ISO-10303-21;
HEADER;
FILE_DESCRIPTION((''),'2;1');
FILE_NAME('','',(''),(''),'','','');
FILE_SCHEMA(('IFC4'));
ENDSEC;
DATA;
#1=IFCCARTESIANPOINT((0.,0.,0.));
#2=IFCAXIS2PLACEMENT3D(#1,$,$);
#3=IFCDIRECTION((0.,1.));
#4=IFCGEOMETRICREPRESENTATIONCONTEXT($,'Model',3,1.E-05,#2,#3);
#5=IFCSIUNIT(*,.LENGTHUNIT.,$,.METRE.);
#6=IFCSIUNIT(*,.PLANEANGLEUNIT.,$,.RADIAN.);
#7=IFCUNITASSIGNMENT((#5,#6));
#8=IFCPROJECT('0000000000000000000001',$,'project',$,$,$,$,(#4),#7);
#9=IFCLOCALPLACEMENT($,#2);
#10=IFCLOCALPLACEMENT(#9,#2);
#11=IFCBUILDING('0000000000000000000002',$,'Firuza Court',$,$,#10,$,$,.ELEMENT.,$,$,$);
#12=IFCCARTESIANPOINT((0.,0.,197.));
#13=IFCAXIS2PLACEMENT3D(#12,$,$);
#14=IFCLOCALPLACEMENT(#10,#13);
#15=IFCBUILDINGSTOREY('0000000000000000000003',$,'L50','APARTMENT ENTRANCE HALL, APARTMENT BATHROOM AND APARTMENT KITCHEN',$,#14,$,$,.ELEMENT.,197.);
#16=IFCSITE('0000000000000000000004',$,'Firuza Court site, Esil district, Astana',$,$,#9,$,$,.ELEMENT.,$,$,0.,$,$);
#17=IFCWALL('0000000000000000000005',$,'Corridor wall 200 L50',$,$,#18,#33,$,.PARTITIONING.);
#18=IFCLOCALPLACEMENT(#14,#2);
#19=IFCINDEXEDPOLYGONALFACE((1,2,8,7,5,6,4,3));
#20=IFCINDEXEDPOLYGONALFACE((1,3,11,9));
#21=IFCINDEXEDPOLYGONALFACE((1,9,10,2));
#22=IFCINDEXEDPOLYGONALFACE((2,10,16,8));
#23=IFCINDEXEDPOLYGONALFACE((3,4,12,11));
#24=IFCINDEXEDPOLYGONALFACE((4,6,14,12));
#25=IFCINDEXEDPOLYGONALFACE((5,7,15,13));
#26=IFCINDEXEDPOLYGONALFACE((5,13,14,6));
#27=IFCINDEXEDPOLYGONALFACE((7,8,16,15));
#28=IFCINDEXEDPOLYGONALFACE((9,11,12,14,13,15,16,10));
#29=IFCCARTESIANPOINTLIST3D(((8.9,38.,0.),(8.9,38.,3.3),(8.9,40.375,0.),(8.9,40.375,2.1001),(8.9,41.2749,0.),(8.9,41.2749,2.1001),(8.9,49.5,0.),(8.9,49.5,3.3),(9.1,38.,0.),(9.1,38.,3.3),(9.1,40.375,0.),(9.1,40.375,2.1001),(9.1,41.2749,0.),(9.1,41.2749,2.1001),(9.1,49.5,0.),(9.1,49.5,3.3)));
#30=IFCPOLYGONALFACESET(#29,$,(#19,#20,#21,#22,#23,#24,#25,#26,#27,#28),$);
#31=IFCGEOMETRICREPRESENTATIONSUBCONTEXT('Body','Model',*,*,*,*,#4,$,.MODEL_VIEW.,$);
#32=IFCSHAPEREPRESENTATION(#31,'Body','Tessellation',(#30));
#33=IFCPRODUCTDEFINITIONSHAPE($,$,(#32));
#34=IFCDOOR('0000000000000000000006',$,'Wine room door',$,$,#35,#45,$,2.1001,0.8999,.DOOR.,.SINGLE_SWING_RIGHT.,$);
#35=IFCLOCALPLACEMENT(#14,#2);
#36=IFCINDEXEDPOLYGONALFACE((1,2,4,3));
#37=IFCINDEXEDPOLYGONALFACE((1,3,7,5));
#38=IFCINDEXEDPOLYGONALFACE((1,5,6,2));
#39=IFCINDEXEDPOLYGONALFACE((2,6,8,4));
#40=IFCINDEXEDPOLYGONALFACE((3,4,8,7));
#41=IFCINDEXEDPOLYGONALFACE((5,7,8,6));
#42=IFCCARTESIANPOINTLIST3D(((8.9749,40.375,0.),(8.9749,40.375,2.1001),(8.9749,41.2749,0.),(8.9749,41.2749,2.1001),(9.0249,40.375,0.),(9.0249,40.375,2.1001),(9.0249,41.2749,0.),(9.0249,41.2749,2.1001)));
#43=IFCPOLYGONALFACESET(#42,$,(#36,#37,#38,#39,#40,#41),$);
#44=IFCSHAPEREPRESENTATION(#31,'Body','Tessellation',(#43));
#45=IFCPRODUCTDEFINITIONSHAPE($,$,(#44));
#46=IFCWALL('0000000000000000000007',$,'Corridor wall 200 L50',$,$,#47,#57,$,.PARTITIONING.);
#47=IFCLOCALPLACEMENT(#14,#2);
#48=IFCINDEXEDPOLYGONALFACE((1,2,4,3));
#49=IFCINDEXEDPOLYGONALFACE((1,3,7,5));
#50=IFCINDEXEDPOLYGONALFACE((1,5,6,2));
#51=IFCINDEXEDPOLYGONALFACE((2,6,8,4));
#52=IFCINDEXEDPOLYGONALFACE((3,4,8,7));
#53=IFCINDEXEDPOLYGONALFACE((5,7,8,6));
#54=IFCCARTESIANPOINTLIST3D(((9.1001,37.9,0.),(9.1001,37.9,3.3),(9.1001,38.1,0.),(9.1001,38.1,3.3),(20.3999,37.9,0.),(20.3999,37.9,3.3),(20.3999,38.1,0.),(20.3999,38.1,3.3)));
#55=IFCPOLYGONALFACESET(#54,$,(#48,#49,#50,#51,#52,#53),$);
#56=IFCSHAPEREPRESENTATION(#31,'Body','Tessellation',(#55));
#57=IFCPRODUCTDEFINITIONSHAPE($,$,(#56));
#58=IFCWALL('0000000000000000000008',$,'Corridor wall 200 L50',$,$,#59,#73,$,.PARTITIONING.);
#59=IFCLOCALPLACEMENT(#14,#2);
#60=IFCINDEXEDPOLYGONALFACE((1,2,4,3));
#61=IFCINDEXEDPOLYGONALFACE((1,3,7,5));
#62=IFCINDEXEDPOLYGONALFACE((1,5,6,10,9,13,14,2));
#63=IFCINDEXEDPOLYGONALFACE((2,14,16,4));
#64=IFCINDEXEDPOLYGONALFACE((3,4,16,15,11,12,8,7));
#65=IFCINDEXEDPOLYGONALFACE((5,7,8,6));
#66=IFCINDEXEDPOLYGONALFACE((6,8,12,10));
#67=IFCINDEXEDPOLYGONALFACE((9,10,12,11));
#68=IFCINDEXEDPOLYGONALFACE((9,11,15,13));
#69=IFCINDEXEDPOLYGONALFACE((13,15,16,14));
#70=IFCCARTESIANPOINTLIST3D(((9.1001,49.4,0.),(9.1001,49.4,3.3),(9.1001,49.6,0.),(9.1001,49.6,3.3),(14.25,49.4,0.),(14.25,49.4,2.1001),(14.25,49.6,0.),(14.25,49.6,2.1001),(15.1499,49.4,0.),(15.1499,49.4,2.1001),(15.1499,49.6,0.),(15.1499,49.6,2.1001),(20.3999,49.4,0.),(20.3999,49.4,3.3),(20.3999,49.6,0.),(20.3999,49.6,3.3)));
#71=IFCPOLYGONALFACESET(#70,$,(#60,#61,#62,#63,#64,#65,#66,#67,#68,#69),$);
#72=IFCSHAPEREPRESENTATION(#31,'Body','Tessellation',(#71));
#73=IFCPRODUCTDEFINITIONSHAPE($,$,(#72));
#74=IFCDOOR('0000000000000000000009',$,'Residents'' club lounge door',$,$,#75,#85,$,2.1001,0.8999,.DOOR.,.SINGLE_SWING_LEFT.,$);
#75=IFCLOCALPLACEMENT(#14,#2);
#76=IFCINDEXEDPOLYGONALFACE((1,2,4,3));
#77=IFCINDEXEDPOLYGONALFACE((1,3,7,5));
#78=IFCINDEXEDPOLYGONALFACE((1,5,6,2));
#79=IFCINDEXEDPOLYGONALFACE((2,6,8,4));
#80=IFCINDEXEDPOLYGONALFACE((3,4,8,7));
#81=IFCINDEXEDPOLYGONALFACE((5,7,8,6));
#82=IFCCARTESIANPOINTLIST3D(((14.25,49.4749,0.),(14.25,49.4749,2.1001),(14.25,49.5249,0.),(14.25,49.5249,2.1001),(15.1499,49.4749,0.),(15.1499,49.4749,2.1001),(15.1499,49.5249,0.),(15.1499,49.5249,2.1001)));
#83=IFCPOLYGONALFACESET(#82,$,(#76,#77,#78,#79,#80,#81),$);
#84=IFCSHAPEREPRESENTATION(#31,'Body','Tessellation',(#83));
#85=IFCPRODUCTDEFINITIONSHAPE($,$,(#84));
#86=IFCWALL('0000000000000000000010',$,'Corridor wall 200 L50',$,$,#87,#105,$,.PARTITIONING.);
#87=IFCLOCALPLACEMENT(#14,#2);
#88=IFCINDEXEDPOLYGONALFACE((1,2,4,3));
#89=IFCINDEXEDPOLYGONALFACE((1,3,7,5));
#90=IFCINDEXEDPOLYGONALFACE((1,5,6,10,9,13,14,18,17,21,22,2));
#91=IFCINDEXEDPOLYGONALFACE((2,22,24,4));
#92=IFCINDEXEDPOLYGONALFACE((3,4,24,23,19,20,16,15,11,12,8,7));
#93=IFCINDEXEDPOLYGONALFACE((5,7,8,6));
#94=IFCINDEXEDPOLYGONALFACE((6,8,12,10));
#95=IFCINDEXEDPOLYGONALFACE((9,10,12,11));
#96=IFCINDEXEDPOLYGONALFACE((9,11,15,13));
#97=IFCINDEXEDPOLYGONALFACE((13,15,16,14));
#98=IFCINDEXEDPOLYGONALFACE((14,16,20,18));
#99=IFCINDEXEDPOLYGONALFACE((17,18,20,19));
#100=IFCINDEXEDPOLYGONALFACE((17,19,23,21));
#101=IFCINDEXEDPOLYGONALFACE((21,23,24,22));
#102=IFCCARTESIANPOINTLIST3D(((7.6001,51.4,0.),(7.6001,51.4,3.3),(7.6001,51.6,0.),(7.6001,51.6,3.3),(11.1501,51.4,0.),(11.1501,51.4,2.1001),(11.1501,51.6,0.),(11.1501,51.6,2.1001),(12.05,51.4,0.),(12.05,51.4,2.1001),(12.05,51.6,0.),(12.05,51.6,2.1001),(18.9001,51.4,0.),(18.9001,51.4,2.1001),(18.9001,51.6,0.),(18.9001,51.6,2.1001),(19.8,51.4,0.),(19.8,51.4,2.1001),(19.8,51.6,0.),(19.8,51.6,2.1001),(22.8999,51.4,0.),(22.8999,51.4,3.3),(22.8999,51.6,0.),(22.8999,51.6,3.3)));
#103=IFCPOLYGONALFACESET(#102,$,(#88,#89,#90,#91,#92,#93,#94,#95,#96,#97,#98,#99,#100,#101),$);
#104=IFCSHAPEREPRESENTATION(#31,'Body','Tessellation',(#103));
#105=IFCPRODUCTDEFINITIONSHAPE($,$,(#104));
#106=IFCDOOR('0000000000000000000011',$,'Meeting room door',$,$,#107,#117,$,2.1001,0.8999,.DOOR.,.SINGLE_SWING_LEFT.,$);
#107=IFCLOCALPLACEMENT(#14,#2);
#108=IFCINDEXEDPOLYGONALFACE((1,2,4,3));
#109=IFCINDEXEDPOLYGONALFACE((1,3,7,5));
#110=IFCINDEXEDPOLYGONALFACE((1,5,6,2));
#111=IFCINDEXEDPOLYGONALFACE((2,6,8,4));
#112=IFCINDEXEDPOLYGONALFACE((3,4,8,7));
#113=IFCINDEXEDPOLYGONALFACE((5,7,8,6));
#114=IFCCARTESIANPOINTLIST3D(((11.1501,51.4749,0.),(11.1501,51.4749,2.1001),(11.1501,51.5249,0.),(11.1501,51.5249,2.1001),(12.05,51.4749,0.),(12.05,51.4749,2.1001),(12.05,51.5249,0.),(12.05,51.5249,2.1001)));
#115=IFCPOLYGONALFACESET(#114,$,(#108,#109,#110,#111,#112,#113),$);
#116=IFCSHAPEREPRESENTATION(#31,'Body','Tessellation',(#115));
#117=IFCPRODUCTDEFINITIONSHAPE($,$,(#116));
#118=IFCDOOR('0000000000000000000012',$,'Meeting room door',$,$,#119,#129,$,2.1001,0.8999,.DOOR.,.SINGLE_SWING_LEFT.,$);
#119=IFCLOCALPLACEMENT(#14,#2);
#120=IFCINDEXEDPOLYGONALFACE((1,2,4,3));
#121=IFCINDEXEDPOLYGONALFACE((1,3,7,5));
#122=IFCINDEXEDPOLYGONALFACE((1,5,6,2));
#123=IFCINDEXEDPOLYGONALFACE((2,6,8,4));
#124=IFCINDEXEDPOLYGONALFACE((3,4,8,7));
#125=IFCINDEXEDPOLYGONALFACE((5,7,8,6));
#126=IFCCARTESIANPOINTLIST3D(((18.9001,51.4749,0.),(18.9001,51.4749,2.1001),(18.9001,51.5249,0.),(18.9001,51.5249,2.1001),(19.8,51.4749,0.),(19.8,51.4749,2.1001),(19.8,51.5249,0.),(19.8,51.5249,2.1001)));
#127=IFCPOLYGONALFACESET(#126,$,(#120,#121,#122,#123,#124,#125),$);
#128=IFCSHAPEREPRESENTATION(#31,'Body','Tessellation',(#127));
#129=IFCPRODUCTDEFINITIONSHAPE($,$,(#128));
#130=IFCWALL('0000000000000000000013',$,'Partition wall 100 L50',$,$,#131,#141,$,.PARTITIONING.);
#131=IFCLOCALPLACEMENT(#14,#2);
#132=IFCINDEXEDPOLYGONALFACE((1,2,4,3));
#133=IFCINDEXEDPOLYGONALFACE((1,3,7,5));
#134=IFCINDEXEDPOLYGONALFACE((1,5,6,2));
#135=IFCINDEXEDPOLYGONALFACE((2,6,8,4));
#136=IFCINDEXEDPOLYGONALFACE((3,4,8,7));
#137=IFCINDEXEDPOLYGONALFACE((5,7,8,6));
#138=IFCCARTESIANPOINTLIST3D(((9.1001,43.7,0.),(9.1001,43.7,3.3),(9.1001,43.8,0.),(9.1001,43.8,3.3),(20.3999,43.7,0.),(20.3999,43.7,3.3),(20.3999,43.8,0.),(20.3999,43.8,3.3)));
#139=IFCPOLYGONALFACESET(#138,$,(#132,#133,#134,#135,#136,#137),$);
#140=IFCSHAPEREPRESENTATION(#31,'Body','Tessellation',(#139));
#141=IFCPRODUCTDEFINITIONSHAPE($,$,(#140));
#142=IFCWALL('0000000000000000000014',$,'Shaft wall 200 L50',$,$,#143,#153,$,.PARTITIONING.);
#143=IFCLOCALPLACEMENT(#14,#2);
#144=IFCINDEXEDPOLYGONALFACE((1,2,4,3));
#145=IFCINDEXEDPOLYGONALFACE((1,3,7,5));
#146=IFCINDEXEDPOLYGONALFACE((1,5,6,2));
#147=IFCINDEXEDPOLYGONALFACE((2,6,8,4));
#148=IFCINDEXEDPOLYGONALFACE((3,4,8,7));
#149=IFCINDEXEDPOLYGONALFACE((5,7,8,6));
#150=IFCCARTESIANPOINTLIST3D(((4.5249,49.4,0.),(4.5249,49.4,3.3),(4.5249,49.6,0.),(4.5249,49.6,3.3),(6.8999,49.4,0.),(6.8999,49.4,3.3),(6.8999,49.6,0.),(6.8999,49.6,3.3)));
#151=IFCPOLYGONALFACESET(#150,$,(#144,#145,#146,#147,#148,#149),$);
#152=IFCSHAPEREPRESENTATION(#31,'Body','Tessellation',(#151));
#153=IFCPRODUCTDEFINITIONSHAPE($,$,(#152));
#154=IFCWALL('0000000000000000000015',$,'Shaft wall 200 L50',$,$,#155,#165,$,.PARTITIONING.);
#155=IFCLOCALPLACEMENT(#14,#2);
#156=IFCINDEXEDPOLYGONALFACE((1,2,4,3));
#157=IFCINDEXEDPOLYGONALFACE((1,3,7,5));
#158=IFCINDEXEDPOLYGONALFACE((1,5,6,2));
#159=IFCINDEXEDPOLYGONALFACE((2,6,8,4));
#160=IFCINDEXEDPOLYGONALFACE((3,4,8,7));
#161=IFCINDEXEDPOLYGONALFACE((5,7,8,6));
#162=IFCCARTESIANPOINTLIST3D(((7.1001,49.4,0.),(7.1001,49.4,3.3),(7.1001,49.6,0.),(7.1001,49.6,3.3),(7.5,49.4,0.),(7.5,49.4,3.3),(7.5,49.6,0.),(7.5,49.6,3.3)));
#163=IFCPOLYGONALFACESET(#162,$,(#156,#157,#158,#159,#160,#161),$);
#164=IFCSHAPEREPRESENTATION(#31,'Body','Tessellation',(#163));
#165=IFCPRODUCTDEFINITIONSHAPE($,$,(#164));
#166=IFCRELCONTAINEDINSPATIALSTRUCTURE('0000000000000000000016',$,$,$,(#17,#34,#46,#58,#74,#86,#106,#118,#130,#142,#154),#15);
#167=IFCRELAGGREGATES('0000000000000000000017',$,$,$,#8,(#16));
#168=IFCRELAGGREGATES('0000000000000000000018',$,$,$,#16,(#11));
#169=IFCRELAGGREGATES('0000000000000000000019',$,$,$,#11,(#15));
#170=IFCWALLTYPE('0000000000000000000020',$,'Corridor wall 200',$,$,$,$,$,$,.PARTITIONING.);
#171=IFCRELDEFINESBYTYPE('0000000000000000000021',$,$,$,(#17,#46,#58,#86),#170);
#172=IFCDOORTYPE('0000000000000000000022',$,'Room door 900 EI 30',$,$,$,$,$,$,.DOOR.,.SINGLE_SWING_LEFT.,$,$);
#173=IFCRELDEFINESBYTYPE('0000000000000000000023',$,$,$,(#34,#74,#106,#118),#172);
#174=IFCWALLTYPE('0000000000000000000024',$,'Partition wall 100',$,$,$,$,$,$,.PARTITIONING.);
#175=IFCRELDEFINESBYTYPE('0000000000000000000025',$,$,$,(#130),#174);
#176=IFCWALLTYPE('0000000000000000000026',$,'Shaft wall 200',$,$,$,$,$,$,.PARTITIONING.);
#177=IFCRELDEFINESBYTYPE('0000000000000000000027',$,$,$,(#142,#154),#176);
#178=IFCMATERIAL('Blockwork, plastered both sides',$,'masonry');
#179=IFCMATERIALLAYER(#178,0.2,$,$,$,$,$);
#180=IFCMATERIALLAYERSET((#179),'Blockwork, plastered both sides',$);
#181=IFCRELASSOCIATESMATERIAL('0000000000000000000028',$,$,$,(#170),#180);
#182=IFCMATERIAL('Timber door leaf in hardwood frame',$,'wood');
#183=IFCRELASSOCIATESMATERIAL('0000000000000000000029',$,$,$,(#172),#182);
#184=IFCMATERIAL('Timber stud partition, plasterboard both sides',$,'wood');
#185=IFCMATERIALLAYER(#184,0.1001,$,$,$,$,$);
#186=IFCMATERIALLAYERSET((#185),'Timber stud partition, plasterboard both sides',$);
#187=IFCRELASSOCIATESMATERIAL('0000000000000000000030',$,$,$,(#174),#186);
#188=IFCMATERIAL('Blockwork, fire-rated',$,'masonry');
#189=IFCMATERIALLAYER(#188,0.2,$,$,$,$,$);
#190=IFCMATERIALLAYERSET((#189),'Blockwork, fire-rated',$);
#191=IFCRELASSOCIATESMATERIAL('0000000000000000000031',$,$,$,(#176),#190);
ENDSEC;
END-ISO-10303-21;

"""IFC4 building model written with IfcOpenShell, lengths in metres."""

from ifc_helpers import new_model, si_unit, direction, frame, frame_2d, origin, place, context, subcontext, project, spatial, rectangle, extrude, material, layer, layer_set, type_object, element, fill, save


model = new_model("IFC4")

# Units and contexts
model_context = context("Model", 3, precision=1e-05, world=origin(), true_north=direction((0.0, 1.0)))
body_context = subcontext(model_context, "Body", "Model", "MODEL_VIEW")
ifc_project = project(units=[si_unit("LENGTHUNIT", "METRE"), si_unit("PLANEANGLEUNIT", "RADIAN")], contexts=[model_context])

# Site, building, storey
site_placement = place(None, origin())
site = spatial("IfcSite", under=ifc_project, at=site_placement, Name="Firuza Court site, Esil district, Astana", CompositionType="ELEMENT", RefElevation=0.0)
building_placement = place(site_placement, origin())
building = spatial("IfcBuilding", under=site, at=building_placement, Name="Firuza Court", CompositionType="ELEMENT")
storey_placement = place(building_placement, frame((0.0, 0.0, 197.0)))
storey = spatial("IfcBuildingStorey", under=building, at=storey_placement, Name="L50", Description="APARTMENT ENTRANCE HALL, APARTMENT BATHROOM AND APARTMENT KITCHEN", CompositionType="ELEMENT", Elevation=197.0)

# Wall, opening, door
ifc_material_1 = material(Name="Blockwork, plastered both sides", Category="masonry")
ifc_layer_1 = layer(ifc_material_1, 0.2)
ifc_layer_set_1 = layer_set([ifc_layer_1], Name="Blockwork, plastered both sides")
wall_type_1 = type_object("IfcWallType", Name="Corridor wall 200", PredefinedType="PARTITIONING", material=ifc_layer_set_1)
wall_1_placement = place(storey_placement, frame((9.0, 38.0, 0.0), z_axis=(0.0, 0.0, 1.0), x_axis=(0.0, 1.0, 0.0)))
wall_1 = element("IfcWall", 1, at=wall_1_placement, inside=storey, type_object=wall_type_1, Name="Corridor wall 200 L50", PredefinedType="PARTITIONING", context=body_context, shape_type="SweptSolid", body=[
    extrude(rectangle(XDim=11.5, YDim=0.2, at=frame_2d((5.75, 0.0))), origin(), (0.0, 0.0, 1.0), 3.3),
])
opening_1_placement = place(wall_1_placement, frame((2.375, 0.0, 0.0)))
opening_1 = element("IfcOpeningElement", 2, at=opening_1_placement, cuts=wall_1, PredefinedType="OPENING", context=body_context, shape_type="SweptSolid", body=[
    extrude(rectangle(XDim=0.8999, YDim=2.1001, at=frame_2d((0.45, 1.05))), frame((0.0, 0.1118, 0.0), z_axis=(0.0, -1.0, 0.0), x_axis=(1.0, 0.0, 0.0)), (0.0, 0.0, 1.0), 0.2239),
])
ifc_material_2 = material(Name="Timber door leaf in hardwood frame", Category="wood")
door_type_1 = type_object("IfcDoorType", Name="Room door 900 EI 30", OperationType="SINGLE_SWING_LEFT", PredefinedType="DOOR", material=ifc_material_2)
door_1_placement = place(opening_1_placement, frame((0.8999, 0.0, 0.0), z_axis=(0.0, 0.0, 1.0), x_axis=(-1.0, 0.0, 0.0)))
door_1 = element("IfcDoor", 3, at=door_1_placement, inside=storey, type_object=door_type_1, Name="Wine room door", OperationType="SINGLE_SWING_RIGHT", OverallHeight=2.1001, OverallWidth=0.8999, PredefinedType="DOOR", context=body_context, shape_type="SweptSolid", body=[
    extrude(rectangle(XDim=0.8999, YDim=2.1001, at=frame_2d((0.45, 1.05))), frame((0.0, 0.0249, 0.0), z_axis=(0.0, -1.0, 0.0), x_axis=(1.0, 0.0, 0.0)), (0.0, 0.0, 1.0), 0.05),
])
fill(opening_1, door_1)

# Wall
wall_2_placement = place(storey_placement, frame((9.1001, 38.0, 0.0), z_axis=(0.0, 0.0, 1.0), x_axis=(1.0, 0.0, 0.0)))
element("IfcWall", 4, at=wall_2_placement, inside=storey, type_object=wall_type_1, Name="Corridor wall 200 L50", PredefinedType="PARTITIONING", context=body_context, shape_type="SweptSolid", body=[
    extrude(rectangle(XDim=11.2998, YDim=0.2, at=frame_2d((5.6499, 0.0))), origin(), (0.0, 0.0, 1.0), 3.3),
])

# Wall, opening, door
wall_3_placement = place(storey_placement, frame((9.1001, 49.5, 0.0), z_axis=(0.0, 0.0, 1.0), x_axis=(1.0, 0.0, 0.0)))
wall_3 = element("IfcWall", 5, at=wall_3_placement, inside=storey, type_object=wall_type_1, Name="Corridor wall 200 L50", PredefinedType="PARTITIONING", context=body_context, shape_type="SweptSolid", body=[
    extrude(rectangle(XDim=11.2998, YDim=0.2, at=frame_2d((5.6499, 0.0))), origin(), (0.0, 0.0, 1.0), 3.3),
])
opening_2_placement = place(wall_3_placement, frame((5.1499, 0.0, 0.0)))
opening_2 = element("IfcOpeningElement", 6, at=opening_2_placement, cuts=wall_3, PredefinedType="OPENING", context=body_context, shape_type="SweptSolid", body=[
    extrude(rectangle(XDim=0.8999, YDim=2.1001, at=frame_2d((0.45, 1.05))), frame((0.0, 0.1118, 0.0), z_axis=(0.0, -1.0, 0.0), x_axis=(1.0, 0.0, 0.0)), (0.0, 0.0, 1.0), 0.2239),
])
door_2_placement = place(opening_2_placement, origin())
door_2 = element("IfcDoor", 7, at=door_2_placement, inside=storey, type_object=door_type_1, Name="Residents' club lounge door", OperationType="SINGLE_SWING_LEFT", OverallHeight=2.1001, OverallWidth=0.8999, PredefinedType="DOOR", context=body_context, shape_type="SweptSolid", body=[
    extrude(rectangle(XDim=0.8999, YDim=2.1001, at=frame_2d((0.45, 1.05))), frame((0.0, 0.0249, 0.0), z_axis=(0.0, -1.0, 0.0), x_axis=(1.0, 0.0, 0.0)), (0.0, 0.0, 1.0), 0.05),
])
fill(opening_2, door_2)

# Wall, openings, doors
wall_4_placement = place(storey_placement, frame((7.6001, 51.5, 0.0), z_axis=(0.0, 0.0, 1.0), x_axis=(1.0, 0.0, 0.0)))
wall_4 = element("IfcWall", 8, at=wall_4_placement, inside=storey, type_object=wall_type_1, Name="Corridor wall 200 L50", PredefinedType="PARTITIONING", context=body_context, shape_type="SweptSolid", body=[
    extrude(rectangle(XDim=15.2998, YDim=0.2, at=frame_2d((7.6499, 0.0))), origin(), (0.0, 0.0, 1.0), 3.3),
])
opening_3_placement = place(wall_4_placement, frame((3.55, 0.0, 0.0)))
opening_3 = element("IfcOpeningElement", 9, at=opening_3_placement, cuts=wall_4, PredefinedType="OPENING", context=body_context, shape_type="SweptSolid", body=[
    extrude(rectangle(XDim=0.8999, YDim=2.1001, at=frame_2d((0.45, 1.05))), frame((0.0, 0.1118, 0.0), z_axis=(0.0, -1.0, 0.0), x_axis=(1.0, 0.0, 0.0)), (0.0, 0.0, 1.0), 0.2239),
])
opening_4_placement = place(wall_4_placement, frame((11.3, 0.0, 0.0)))
opening_4 = element("IfcOpeningElement", 10, at=opening_4_placement, cuts=wall_4, PredefinedType="OPENING", context=body_context, shape_type="SweptSolid", body=[
    extrude(rectangle(XDim=0.8999, YDim=2.1001, at=frame_2d((0.45, 1.05))), frame((0.0, 0.1118, 0.0), z_axis=(0.0, -1.0, 0.0), x_axis=(1.0, 0.0, 0.0)), (0.0, 0.0, 1.0), 0.2239),
])
door_3_placement = place(opening_3_placement, origin())
door_3 = element("IfcDoor", 11, at=door_3_placement, inside=storey, type_object=door_type_1, Name="Meeting room door", OperationType="SINGLE_SWING_LEFT", OverallHeight=2.1001, OverallWidth=0.8999, PredefinedType="DOOR", context=body_context, shape_type="SweptSolid", body=[
    extrude(rectangle(XDim=0.8999, YDim=2.1001, at=frame_2d((0.45, 1.05))), frame((0.0, 0.0249, 0.0), z_axis=(0.0, -1.0, 0.0), x_axis=(1.0, 0.0, 0.0)), (0.0, 0.0, 1.0), 0.05),
])
fill(opening_3, door_3)
door_4_placement = place(opening_4_placement, origin())
door_4 = element("IfcDoor", 12, at=door_4_placement, inside=storey, type_object=door_type_1, Name="Meeting room door", OperationType="SINGLE_SWING_LEFT", OverallHeight=2.1001, OverallWidth=0.8999, PredefinedType="DOOR", context=body_context, shape_type="SweptSolid", body=[
    extrude(rectangle(XDim=0.8999, YDim=2.1001, at=frame_2d((0.45, 1.05))), frame((0.0, 0.0249, 0.0), z_axis=(0.0, -1.0, 0.0), x_axis=(1.0, 0.0, 0.0)), (0.0, 0.0, 1.0), 0.05),
])
fill(opening_4, door_4)

# Walls
ifc_material_3 = material(Name="Timber stud partition, plasterboard both sides", Category="wood")
ifc_layer_2 = layer(ifc_material_3, 0.1001)
ifc_layer_set_2 = layer_set([ifc_layer_2], Name="Timber stud partition, plasterboard both sides")
wall_type_2 = type_object("IfcWallType", Name="Partition wall 100", PredefinedType="PARTITIONING", material=ifc_layer_set_2)
wall_5_placement = place(storey_placement, frame((9.1001, 43.75, 0.0), z_axis=(0.0, 0.0, 1.0), x_axis=(1.0, 0.0, 0.0)))
element("IfcWall", 13, at=wall_5_placement, inside=storey, type_object=wall_type_2, Name="Partition wall 100 L50", PredefinedType="PARTITIONING", context=body_context, shape_type="SweptSolid", body=[
    extrude(rectangle(XDim=11.2998, YDim=0.1001, at=frame_2d((5.6499, 0.0))), origin(), (0.0, 0.0, 1.0), 3.3),
])
ifc_material_4 = material(Name="Blockwork, fire-rated", Category="masonry")
ifc_layer_3 = layer(ifc_material_4, 0.2)
ifc_layer_set_3 = layer_set([ifc_layer_3], Name="Blockwork, fire-rated")
wall_type_3 = type_object("IfcWallType", Name="Shaft wall 200", PredefinedType="PARTITIONING", material=ifc_layer_set_3)
wall_6_placement = place(storey_placement, frame((4.5249, 49.5, 0.0), z_axis=(0.0, 0.0, 1.0), x_axis=(1.0, 0.0, 0.0)))
element("IfcWall", 14, at=wall_6_placement, inside=storey, type_object=wall_type_3, Name="Shaft wall 200 L50", PredefinedType="PARTITIONING", context=body_context, shape_type="SweptSolid", body=[
    extrude(rectangle(XDim=2.375, YDim=0.2, at=frame_2d((1.1875, 0.0))), origin(), (0.0, 0.0, 1.0), 3.3),
])
wall_7_placement = place(storey_placement, frame((7.1001, 49.5, 0.0), z_axis=(0.0, 0.0, 1.0), x_axis=(1.0, 0.0, 0.0)))
element("IfcWall", 15, at=wall_7_placement, inside=storey, type_object=wall_type_3, Name="Shaft wall 200 L50", PredefinedType="PARTITIONING", context=body_context, shape_type="SweptSolid", body=[
    extrude(rectangle(XDim=0.3999, YDim=0.2, at=frame_2d((0.2, 0.0))), origin(), (0.0, 0.0, 1.0), 3.3),
])

save(model, "model.ifc")
